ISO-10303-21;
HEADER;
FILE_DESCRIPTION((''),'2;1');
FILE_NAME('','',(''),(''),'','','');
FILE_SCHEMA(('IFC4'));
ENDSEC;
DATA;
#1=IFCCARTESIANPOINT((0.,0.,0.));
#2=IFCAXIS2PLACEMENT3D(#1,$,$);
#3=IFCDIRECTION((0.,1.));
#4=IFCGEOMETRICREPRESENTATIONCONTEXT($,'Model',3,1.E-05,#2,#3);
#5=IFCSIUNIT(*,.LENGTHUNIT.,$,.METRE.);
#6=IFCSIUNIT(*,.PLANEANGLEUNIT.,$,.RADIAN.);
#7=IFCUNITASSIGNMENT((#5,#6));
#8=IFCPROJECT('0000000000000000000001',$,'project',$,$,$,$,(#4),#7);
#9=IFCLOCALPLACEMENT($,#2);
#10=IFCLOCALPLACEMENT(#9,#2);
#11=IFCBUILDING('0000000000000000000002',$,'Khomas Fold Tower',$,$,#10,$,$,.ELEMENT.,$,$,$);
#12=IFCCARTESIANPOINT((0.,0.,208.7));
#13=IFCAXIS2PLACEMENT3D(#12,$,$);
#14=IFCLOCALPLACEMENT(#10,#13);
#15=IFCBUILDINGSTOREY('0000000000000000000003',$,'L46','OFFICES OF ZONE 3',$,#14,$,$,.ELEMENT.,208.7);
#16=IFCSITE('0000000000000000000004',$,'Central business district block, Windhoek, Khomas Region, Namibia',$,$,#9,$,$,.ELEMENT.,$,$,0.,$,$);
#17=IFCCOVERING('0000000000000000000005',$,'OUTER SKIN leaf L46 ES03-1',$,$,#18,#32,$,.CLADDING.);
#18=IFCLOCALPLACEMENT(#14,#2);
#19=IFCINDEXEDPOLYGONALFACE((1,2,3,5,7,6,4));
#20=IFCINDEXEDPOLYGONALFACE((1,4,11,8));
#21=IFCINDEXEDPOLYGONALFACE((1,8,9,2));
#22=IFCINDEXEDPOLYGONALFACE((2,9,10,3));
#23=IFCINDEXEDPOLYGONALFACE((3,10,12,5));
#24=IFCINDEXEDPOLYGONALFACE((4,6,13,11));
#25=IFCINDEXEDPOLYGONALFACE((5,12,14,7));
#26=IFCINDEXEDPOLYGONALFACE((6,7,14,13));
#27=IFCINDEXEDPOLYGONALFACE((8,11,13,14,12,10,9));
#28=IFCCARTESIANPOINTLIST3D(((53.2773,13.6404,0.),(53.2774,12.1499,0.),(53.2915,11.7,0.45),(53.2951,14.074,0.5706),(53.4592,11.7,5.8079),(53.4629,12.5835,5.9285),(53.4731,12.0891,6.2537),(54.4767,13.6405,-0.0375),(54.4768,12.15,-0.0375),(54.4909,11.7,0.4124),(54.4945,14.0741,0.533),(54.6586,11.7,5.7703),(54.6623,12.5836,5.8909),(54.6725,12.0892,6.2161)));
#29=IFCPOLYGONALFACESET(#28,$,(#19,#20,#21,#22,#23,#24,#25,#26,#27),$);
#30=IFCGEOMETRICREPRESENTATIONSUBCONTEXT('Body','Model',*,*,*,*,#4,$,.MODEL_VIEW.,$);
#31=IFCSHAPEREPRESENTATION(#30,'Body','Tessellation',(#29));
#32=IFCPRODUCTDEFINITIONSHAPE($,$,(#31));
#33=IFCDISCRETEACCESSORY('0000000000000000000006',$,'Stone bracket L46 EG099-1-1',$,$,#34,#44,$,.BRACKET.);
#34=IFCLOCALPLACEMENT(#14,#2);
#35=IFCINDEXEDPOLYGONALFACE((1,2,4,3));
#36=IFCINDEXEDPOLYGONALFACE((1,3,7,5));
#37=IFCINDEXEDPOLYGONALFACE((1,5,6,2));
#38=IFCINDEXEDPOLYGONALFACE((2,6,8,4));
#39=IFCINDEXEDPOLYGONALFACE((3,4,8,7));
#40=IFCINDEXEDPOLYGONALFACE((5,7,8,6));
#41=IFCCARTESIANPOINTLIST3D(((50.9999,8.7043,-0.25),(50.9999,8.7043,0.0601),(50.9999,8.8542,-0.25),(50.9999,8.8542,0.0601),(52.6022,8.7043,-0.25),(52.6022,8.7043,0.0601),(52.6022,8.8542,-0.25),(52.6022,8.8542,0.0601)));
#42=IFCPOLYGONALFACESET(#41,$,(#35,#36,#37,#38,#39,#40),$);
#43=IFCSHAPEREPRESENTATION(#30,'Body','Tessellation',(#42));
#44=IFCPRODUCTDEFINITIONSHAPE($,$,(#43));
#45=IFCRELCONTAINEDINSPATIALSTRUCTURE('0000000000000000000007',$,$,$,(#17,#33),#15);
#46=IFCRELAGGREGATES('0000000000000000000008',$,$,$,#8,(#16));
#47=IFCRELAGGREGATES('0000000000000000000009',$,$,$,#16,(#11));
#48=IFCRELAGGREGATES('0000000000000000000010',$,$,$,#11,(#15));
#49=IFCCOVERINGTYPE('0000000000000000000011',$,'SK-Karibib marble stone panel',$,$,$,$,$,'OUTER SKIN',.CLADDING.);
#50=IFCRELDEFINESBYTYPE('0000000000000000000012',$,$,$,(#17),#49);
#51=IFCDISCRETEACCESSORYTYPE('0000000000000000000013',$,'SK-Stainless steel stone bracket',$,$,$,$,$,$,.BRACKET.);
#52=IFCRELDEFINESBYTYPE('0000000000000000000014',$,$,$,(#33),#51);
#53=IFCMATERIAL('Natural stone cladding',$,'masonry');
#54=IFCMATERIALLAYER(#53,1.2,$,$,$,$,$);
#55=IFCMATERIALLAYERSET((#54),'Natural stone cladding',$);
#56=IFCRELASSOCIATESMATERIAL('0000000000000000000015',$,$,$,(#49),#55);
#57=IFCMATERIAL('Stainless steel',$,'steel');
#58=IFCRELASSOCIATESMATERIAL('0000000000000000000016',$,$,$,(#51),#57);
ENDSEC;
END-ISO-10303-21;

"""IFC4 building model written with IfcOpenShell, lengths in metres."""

from ifc_helpers import new_model, si_unit, direction, frame, origin, origin_2d, place, context, subcontext, project, spatial, polyline, rectangle, outline, extrude, source, transform, mapped, material, layer, layer_set, type_object, element, save


model = new_model("IFC4")

# Units and contexts
model_context = context("Model", 3, precision=1e-05, world=origin(), true_north=direction((0.0, 1.0)))
body_context = subcontext(model_context, "Body", "Model", "MODEL_VIEW")
ifc_project = project(units=[si_unit("LENGTHUNIT", "METRE"), si_unit("PLANEANGLEUNIT", "RADIAN")], contexts=[model_context])

# Site, building, storey
site_placement = place(None, origin())
site = spatial("IfcSite", under=ifc_project, at=site_placement, Name="Central business district block, Windhoek, Khomas Region, Namibia", CompositionType="ELEMENT", RefElevation=0.0)
building_placement = place(site_placement, origin())
building = spatial("IfcBuilding", under=site, at=building_placement, Name="Khomas Fold Tower", CompositionType="ELEMENT")
storey_placement = place(building_placement, frame((0.0, 0.0, 208.7)))
storey = spatial("IfcBuildingStorey", under=building, at=storey_placement, Name="L46", Description="OFFICES OF ZONE 3", CompositionType="ELEMENT", Elevation=208.7)

# Covering
ifc_material_1 = material(Name="Natural stone cladding", Category="masonry")
ifc_layer_1 = layer(ifc_material_1, 1.2)
ifc_layer_set_1 = layer_set([ifc_layer_1], Name="Natural stone cladding")
covering_type = type_object("IfcCoveringType", Name="SK-Karibib marble stone panel", ElementType="OUTER SKIN", PredefinedType="CLADDING", material=ifc_layer_set_1)
covering_placement = place(storey_placement, frame((53.2915, 11.7, 0.45), z_axis=(-0.999511, -0.000066, 0.031284), x_axis=(0.031284, 0.0, 0.999511)))
element("IfcCovering", 1, at=covering_placement, inside=storey, type_object=covering_type, Name="OUTER SKIN leaf L46 ES03-1", PredefinedType="CLADDING", context=body_context, shape_type="SweptSolid", body=[
    extrude(outline(polyline([(0.0, 0.0), (5.3605, 0.0), (5.8066, 0.3892), (5.4812, 0.8835), (0.1207, 2.374), (-0.4502, 1.9404), (-0.4502, 0.45), (0.0, 0.0)])), origin(), (0.0, 0.0, -1.0), 1.2),
])

# Discrete accessory
ifc_material_2 = material(Name="Stainless steel", Category="steel")
discrete_accessory_type = type_object("IfcDiscreteAccessoryType", Name="SK-Stainless steel stone bracket", PredefinedType="BRACKET", material=ifc_material_2)
shared_shape_1 = source(origin(), body_context, "Body", "SweptSolid", [
    extrude(rectangle(XDim=1.6023, YDim=0.1499, at=origin_2d()), origin(), (0.0, 0.0, 1.0), 0.3101),
])
discrete_accessory_placement = place(storey_placement, frame((51.801, 8.7793, -0.25), z_axis=(0.0, 0.0, 1.0), x_axis=(1.0, 0.0, 0.0)))
element("IfcDiscreteAccessory", 2, at=discrete_accessory_placement, inside=storey, type_object=discrete_accessory_type, Name="Stone bracket L46 EG099-1-1", PredefinedType="BRACKET", context=body_context, shape_type="MappedRepresentation", body=[
    mapped(shared_shape_1, transform((0.0, 0.0, 0.0))),
])

save(model, "model.ifc")
